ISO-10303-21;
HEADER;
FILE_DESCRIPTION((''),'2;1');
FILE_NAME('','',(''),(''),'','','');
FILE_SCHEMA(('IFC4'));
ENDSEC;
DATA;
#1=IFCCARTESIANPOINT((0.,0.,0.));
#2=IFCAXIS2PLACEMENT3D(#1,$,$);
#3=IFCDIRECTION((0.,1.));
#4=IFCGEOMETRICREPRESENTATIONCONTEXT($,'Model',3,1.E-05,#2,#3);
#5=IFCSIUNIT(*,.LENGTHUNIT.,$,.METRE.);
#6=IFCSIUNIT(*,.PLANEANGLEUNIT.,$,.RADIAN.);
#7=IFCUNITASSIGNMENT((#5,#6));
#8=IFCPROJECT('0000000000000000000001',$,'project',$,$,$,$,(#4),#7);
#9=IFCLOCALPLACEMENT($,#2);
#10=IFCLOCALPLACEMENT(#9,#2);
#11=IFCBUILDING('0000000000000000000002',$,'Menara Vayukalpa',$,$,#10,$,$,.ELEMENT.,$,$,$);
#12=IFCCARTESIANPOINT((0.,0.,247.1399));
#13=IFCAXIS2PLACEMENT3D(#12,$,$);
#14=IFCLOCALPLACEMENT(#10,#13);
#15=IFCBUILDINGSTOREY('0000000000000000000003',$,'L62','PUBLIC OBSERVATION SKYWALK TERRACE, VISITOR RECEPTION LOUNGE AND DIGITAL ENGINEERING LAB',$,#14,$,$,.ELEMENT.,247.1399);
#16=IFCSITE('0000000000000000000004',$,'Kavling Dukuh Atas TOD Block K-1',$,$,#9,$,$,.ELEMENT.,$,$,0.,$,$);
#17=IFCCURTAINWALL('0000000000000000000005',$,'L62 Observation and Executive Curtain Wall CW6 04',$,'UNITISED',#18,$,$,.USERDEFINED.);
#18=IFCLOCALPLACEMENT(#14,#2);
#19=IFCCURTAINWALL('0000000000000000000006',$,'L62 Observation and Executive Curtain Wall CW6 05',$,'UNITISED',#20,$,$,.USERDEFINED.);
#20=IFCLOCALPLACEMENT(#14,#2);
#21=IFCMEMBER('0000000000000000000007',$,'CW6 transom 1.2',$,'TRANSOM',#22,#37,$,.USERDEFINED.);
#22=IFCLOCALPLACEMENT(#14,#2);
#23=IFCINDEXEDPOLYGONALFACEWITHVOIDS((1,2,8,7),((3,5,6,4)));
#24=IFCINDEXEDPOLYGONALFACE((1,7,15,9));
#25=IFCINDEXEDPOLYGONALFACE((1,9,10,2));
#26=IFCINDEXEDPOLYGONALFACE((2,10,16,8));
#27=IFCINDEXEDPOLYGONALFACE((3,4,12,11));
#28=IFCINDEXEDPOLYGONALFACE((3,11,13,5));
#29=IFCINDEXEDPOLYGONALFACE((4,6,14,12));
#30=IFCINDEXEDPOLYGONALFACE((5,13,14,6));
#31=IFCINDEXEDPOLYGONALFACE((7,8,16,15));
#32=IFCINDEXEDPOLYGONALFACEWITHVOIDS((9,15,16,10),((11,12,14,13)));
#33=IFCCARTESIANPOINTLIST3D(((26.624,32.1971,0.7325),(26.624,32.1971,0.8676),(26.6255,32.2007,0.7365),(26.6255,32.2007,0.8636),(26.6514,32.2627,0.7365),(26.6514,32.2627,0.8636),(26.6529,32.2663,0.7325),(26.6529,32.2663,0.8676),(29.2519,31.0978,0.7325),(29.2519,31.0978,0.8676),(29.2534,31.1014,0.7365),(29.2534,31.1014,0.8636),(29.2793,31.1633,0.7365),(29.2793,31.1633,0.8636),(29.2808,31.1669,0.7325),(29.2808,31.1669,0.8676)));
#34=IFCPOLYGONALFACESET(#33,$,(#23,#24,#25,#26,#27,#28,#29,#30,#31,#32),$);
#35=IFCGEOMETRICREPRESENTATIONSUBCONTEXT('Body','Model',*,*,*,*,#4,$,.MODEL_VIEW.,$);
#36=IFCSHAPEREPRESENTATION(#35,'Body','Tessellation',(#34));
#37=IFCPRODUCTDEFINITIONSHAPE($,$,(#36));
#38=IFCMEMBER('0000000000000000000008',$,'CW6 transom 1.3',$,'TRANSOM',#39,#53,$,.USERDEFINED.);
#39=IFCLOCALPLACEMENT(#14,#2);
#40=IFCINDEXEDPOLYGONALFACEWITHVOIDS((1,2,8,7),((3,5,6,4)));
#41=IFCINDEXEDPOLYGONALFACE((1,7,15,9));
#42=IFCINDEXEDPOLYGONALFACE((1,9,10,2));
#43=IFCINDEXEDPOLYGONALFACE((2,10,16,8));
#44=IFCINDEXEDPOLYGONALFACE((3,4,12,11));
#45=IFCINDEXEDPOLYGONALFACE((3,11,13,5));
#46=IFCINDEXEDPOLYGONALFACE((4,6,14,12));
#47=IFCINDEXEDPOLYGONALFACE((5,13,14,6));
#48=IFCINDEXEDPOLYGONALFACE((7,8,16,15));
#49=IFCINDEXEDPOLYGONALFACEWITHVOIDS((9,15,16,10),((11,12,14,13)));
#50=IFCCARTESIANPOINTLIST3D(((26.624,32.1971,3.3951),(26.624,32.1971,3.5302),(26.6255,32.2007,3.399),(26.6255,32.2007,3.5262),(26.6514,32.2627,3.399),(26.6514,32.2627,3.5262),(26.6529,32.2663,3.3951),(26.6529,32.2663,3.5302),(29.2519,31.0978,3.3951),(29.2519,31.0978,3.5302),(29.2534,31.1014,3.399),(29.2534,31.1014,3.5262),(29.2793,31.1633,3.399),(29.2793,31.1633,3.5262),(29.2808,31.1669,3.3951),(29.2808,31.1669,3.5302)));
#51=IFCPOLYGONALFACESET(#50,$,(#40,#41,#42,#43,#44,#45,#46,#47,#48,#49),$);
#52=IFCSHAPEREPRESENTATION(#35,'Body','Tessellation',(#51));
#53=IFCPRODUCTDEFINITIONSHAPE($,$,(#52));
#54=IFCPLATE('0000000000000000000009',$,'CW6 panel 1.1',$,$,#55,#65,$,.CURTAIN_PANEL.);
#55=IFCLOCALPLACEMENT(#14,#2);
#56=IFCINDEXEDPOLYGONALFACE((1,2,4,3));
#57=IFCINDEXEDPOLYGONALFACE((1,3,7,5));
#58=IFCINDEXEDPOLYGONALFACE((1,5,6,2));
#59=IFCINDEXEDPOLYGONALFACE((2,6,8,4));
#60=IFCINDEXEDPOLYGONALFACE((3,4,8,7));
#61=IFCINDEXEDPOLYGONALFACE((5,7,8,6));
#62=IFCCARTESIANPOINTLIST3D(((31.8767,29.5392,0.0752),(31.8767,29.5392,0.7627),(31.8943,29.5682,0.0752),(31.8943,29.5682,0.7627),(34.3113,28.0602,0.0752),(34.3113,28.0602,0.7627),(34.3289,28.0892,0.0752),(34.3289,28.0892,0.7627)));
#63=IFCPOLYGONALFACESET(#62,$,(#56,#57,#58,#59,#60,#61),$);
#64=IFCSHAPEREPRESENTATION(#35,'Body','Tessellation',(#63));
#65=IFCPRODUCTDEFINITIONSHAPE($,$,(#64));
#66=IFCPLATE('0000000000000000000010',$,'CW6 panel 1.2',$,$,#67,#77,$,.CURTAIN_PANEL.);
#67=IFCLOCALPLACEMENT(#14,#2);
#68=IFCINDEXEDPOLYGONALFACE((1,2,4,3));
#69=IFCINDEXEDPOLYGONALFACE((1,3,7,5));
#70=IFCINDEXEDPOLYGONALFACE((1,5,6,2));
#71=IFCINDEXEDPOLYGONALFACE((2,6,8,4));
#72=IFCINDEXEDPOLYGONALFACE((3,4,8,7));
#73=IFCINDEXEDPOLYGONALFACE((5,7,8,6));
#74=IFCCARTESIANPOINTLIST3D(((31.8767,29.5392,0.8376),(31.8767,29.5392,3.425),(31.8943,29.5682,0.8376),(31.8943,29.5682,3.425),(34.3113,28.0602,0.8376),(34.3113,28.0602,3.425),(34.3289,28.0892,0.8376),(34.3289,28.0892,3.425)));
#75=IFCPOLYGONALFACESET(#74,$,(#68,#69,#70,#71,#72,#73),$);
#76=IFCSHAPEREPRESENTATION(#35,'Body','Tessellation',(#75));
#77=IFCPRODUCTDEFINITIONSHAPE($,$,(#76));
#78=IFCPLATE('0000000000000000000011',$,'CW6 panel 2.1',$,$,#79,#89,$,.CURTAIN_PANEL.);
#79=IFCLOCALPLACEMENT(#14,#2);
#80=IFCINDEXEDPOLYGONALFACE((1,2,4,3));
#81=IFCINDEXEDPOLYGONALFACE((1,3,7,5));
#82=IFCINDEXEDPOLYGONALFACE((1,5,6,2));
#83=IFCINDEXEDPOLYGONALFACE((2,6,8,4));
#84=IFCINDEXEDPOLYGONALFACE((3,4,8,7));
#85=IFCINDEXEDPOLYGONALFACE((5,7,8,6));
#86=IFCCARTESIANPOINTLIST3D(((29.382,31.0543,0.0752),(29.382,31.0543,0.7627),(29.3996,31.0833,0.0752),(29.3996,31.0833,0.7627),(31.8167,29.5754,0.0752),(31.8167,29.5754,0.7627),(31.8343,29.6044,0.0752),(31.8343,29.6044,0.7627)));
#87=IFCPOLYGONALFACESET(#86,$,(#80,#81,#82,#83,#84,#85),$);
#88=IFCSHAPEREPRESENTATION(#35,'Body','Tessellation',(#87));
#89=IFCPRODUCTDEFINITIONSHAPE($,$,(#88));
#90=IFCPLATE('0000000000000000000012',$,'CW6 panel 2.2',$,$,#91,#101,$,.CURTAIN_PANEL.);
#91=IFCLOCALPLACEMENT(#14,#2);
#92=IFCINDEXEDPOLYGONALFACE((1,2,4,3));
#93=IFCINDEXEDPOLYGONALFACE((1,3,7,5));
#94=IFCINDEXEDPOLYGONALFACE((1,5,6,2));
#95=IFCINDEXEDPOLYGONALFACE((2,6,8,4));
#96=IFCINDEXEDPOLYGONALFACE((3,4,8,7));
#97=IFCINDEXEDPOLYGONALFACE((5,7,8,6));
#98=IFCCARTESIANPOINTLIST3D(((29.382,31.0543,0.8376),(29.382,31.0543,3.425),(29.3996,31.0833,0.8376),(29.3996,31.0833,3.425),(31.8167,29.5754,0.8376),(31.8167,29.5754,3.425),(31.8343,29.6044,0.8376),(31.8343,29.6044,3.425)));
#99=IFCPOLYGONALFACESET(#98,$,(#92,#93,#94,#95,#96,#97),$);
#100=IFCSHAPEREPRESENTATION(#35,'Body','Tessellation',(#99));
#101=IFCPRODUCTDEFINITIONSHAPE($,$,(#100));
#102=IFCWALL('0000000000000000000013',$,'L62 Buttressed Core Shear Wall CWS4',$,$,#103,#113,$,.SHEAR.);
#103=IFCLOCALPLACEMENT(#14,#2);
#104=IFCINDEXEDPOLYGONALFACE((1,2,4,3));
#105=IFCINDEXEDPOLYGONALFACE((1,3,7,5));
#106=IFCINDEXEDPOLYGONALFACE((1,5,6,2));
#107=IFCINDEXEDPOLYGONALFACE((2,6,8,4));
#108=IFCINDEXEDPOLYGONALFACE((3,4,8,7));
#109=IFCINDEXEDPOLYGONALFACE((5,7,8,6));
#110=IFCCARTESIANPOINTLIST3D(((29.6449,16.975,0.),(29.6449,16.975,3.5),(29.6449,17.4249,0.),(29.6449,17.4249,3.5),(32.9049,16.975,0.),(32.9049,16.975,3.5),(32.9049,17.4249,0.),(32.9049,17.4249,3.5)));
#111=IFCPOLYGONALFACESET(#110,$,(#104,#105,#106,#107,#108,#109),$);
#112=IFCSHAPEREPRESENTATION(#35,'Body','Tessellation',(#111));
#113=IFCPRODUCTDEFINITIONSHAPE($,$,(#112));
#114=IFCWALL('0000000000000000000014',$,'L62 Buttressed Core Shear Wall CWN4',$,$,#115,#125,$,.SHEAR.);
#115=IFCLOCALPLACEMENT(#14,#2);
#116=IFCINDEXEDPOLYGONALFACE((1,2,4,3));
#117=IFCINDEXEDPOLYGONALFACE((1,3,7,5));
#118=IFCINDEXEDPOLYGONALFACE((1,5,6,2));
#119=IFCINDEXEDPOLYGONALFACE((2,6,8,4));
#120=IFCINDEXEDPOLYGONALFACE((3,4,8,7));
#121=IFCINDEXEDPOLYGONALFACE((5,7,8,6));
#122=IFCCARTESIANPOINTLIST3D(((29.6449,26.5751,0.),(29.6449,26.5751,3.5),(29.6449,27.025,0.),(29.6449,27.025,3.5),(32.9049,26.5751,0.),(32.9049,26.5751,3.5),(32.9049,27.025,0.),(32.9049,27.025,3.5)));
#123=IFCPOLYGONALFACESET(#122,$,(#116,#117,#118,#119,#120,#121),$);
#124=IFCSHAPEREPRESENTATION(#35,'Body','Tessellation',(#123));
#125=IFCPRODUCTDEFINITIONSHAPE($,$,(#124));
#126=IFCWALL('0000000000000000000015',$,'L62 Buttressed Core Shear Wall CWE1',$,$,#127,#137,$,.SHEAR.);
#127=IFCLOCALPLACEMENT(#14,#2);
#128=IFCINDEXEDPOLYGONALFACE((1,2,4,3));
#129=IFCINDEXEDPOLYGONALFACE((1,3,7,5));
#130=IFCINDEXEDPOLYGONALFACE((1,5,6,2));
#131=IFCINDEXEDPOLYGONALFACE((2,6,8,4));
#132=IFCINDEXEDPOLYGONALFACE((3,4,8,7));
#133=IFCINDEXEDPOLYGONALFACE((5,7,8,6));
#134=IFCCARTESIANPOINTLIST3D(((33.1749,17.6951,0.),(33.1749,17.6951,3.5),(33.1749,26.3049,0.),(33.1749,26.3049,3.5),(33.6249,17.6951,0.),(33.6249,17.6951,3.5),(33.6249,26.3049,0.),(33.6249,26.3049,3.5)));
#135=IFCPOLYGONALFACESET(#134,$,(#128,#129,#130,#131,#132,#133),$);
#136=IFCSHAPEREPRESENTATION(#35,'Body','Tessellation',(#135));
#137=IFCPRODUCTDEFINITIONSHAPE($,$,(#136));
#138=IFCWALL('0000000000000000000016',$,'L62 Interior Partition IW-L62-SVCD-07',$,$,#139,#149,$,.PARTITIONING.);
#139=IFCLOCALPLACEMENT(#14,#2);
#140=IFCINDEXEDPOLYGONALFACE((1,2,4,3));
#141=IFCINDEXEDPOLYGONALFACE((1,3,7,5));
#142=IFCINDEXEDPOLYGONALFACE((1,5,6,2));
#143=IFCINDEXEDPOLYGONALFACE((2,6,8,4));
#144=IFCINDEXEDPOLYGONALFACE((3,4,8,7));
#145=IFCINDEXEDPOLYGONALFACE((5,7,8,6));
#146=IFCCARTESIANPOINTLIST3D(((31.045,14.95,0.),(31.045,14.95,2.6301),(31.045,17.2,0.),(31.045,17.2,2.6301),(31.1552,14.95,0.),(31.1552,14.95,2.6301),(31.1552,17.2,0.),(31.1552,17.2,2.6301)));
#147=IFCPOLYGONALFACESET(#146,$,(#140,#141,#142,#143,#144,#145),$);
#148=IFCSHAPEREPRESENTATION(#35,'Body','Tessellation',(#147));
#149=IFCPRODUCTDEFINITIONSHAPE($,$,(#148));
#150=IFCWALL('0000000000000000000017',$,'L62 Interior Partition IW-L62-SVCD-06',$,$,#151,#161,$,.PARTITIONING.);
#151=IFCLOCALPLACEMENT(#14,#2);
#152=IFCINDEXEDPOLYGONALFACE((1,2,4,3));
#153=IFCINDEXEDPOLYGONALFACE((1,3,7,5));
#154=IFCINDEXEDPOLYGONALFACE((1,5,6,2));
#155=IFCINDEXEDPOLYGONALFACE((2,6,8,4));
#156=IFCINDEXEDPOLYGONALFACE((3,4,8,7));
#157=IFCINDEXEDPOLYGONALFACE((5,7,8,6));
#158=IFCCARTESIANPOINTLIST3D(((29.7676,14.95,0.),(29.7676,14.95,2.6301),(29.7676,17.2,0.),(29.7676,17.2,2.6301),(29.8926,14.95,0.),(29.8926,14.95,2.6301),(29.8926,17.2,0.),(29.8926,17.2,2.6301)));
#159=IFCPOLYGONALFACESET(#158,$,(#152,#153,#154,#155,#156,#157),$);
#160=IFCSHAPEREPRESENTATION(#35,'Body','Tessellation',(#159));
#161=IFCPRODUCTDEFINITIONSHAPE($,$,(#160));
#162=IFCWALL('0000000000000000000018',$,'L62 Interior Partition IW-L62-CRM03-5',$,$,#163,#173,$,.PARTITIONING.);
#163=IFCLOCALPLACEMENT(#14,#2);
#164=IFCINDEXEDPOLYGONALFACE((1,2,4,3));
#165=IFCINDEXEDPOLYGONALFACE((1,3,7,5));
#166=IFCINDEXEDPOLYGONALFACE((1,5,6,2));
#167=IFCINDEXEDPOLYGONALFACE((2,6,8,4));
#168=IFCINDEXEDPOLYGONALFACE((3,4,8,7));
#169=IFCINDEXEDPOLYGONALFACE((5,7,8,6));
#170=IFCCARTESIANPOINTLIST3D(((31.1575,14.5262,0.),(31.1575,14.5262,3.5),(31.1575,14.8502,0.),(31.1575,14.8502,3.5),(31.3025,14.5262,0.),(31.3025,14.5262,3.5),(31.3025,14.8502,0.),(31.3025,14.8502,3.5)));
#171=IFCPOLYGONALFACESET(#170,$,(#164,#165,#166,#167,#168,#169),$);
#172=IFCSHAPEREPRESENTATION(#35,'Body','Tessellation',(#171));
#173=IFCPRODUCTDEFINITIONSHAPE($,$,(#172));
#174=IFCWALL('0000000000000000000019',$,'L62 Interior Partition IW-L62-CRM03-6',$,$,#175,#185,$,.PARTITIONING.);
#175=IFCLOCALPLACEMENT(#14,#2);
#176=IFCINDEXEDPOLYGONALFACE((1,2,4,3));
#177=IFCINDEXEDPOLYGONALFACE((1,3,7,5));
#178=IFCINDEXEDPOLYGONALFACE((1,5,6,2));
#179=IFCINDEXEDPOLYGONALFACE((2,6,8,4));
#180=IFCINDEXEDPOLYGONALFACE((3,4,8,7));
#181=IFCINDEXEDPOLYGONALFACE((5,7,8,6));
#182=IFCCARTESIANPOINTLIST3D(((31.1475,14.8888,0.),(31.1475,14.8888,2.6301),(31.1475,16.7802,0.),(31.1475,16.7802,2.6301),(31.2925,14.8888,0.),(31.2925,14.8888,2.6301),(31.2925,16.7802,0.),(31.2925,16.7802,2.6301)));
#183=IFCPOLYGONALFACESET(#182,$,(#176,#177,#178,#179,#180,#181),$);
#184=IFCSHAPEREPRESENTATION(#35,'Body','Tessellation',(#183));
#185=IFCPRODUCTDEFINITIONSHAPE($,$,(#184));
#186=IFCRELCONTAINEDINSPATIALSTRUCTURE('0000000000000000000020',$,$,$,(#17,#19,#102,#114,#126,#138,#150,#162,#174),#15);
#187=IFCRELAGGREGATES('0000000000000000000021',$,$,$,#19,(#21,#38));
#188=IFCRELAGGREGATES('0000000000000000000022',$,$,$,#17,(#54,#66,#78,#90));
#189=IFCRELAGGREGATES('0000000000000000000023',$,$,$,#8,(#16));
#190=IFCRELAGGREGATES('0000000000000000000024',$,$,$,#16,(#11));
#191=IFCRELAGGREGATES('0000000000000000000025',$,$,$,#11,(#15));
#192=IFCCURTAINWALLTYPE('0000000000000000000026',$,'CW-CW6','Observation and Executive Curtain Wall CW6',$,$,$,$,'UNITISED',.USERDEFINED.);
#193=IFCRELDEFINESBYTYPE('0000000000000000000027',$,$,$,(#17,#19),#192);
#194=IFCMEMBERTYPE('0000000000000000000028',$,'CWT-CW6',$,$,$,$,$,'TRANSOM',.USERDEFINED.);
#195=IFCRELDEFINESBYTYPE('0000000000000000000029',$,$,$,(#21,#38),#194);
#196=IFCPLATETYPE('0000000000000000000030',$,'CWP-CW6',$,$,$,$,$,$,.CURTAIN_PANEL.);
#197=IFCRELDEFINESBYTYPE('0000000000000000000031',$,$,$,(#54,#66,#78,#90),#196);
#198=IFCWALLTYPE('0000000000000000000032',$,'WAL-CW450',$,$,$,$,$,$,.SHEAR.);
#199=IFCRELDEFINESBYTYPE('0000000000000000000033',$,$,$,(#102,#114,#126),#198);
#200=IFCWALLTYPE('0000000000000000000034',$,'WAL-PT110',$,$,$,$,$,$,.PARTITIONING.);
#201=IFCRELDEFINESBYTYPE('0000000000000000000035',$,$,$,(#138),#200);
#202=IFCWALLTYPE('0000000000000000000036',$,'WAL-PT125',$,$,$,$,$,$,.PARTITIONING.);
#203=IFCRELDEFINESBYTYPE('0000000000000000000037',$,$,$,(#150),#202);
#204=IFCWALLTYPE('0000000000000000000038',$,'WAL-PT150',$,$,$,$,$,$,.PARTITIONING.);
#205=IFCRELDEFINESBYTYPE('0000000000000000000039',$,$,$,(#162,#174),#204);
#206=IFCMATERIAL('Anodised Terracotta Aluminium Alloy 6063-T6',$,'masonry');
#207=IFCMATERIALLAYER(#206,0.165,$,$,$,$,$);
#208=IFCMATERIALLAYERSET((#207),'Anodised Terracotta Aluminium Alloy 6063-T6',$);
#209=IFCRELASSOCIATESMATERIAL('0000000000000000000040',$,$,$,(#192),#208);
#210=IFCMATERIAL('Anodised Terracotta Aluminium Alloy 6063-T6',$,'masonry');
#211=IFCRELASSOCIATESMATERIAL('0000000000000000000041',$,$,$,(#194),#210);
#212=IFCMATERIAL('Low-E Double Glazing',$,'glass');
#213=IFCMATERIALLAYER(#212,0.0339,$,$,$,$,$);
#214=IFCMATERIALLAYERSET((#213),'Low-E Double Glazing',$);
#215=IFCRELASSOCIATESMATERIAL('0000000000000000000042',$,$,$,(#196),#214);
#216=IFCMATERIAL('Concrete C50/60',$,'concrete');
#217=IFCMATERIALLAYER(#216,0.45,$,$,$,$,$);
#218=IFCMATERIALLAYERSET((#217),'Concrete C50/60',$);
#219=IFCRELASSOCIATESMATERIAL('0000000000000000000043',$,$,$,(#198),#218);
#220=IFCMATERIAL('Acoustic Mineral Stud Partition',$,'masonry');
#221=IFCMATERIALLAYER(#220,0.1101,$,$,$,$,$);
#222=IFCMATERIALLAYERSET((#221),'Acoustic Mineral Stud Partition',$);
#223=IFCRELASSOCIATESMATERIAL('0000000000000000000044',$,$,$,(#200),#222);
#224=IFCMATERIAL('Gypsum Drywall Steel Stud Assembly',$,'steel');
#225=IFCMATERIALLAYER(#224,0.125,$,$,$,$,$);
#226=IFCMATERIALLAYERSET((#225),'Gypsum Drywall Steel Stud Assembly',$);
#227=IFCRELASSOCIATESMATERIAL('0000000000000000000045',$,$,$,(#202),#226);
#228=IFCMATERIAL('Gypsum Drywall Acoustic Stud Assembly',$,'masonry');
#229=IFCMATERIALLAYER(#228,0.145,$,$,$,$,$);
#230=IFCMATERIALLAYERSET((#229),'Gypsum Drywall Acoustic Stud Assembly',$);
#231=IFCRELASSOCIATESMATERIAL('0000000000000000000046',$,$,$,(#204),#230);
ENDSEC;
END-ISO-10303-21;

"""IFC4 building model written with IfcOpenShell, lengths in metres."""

from ifc_helpers import new_model, si_unit, direction, frame, frame_2d, origin, origin_2d, place, context, subcontext, project, spatial, rectangle, hollow_rectangle, extrude, material, layer, layer_set, material_profile, profile_set, type_object, element, aggregate, save


model = new_model("IFC4")

# Units and contexts
model_context = context("Model", 3, precision=1e-05, world=origin(), true_north=direction((0.0, 1.0)))
body_context = subcontext(model_context, "Body", "Model", "MODEL_VIEW")
ifc_project = project(units=[si_unit("LENGTHUNIT", "METRE"), si_unit("PLANEANGLEUNIT", "RADIAN")], contexts=[model_context])

# Site, building, storey
site_placement = place(None, origin())
site = spatial("IfcSite", under=ifc_project, at=site_placement, Name="Kavling Dukuh Atas TOD Block K-1", CompositionType="ELEMENT", RefElevation=0.0)
building_placement = place(site_placement, origin())
building = spatial("IfcBuilding", under=site, at=building_placement, Name="Menara Vayukalpa", CompositionType="ELEMENT")
storey_placement = place(building_placement, frame((0.0, 0.0, 247.1399)))
storey = spatial("IfcBuildingStorey", under=building, at=storey_placement, Name="L62", Description="PUBLIC OBSERVATION SKYWALK TERRACE, VISITOR RECEPTION LOUNGE AND DIGITAL ENGINEERING LAB", CompositionType="ELEMENT", Elevation=247.1399)

# Curtain wall
ifc_material_1 = material(Name="Anodised Terracotta Aluminium Alloy 6063-T6", Category="masonry")
ifc_layer_1 = layer(ifc_material_1, 0.165)
ifc_layer_set_1 = layer_set([ifc_layer_1], Name="Anodised Terracotta Aluminium Alloy 6063-T6")
curtain_wall_type = type_object("IfcCurtainWallType", Name="CW-CW6", Description="Observation and Executive Curtain Wall CW6", ElementType="UNITISED", PredefinedType="USERDEFINED", material=ifc_layer_set_1)
curtain_wall_1_placement = place(storey_placement, origin())
curtain_wall_1 = element("IfcCurtainWall", 1, at=curtain_wall_1_placement, inside=storey, type_object=curtain_wall_type, Name="L62 Observation and Executive Curtain Wall CW6 04", ObjectType="UNITISED", PredefinedType="USERDEFINED")

# Curtain wall
curtain_wall_2_placement = place(storey_placement, origin())
curtain_wall_2 = element("IfcCurtainWall", 2, at=curtain_wall_2_placement, inside=storey, type_object=curtain_wall_type, Name="L62 Observation and Executive Curtain Wall CW6 05", ObjectType="UNITISED", PredefinedType="USERDEFINED")

# Members
ifc_material_2 = material(Name="Anodised Terracotta Aluminium Alloy 6063-T6", Category="masonry")
ifc_material_profile_1 = material_profile(ifc_material_2, hollow_rectangle(XDim=0.075, YDim=0.135, WallThickness=0.0039, at=origin_2d()), Name="ALU 75x135x4")
ifc_profile_set_1 = profile_set([ifc_material_profile_1], Name="Anodised Terracotta Aluminium Alloy 6063-T6")
member_type_1 = type_object("IfcMemberType", Name="CWT-CW6", ElementType="TRANSOM", PredefinedType="USERDEFINED", material=ifc_profile_set_1)
member_1_placement = place(storey_placement, frame((29.2664, 31.1323, 0.8), z_axis=(-0.922528, 0.385929, 0.0), x_axis=(-0.385929, -0.922528, 0.0)))
member_1 = element("IfcMember", 3, at=member_1_placement, type_object=member_type_1, Name="CW6 transom 1.2", ObjectType="TRANSOM", PredefinedType="USERDEFINED", context=body_context, shape_type="SweptSolid", body=[
    extrude(hollow_rectangle(XDim=0.075, YDim=0.135, WallThickness=0.0039, at=origin_2d()), origin(), (0.0, 0.0, 1.0), 2.8486),
])
member_2_placement = place(storey_placement, frame((29.2664, 31.1323, 3.4626), z_axis=(-0.922528, 0.385929, 0.0), x_axis=(-0.385929, -0.922528, 0.0)))
member_2 = element("IfcMember", 4, at=member_2_placement, type_object=member_type_1, Name="CW6 transom 1.3", ObjectType="TRANSOM", PredefinedType="USERDEFINED", context=body_context, shape_type="SweptSolid", body=[
    extrude(hollow_rectangle(XDim=0.075, YDim=0.135, WallThickness=0.0039, at=origin_2d()), origin(), (0.0, 0.0, 1.0), 2.8486),
])
aggregate(curtain_wall_2, [member_1, member_2])

# Plates
ifc_material_3 = material(Name="Low-E Double Glazing", Category="glass")
ifc_layer_2 = layer(ifc_material_3, 0.0339)
ifc_layer_set_2 = layer_set([ifc_layer_2], Name="Low-E Double Glazing")
plate_type = type_object("IfcPlateType", Name="CWP-CW6", PredefinedType="CURTAIN_PANEL", material=ifc_layer_set_2)
plate_1_placement = place(storey_placement, frame((33.1028, 28.8142, 0.0752), z_axis=(0.0, 0.0, 1.0), x_axis=(-0.854668, 0.519176, 0.0)))
plate_1 = element("IfcPlate", 5, at=plate_1_placement, type_object=plate_type, Name="CW6 panel 1.1", PredefinedType="CURTAIN_PANEL", context=body_context, shape_type="SweptSolid", body=[
    extrude(rectangle(XDim=2.8486, YDim=0.0339, at=origin_2d()), origin(), (0.0, 0.0, 1.0), 0.6875),
])
plate_2_placement = place(storey_placement, frame((33.1028, 28.8142, 0.8376), z_axis=(0.0, 0.0, 1.0), x_axis=(-0.854668, 0.519176, 0.0)))
plate_2 = element("IfcPlate", 6, at=plate_2_placement, type_object=plate_type, Name="CW6 panel 1.2", PredefinedType="CURTAIN_PANEL", context=body_context, shape_type="SweptSolid", body=[
    extrude(rectangle(XDim=2.8486, YDim=0.0339, at=origin_2d()), origin(), (0.0, 0.0, 1.0), 2.5874),
])
plate_3_placement = place(storey_placement, frame((30.6082, 30.3293, 0.0752), z_axis=(0.0, 0.0, 1.0), x_axis=(-0.854668, 0.519176, 0.0)))
plate_3 = element("IfcPlate", 7, at=plate_3_placement, type_object=plate_type, Name="CW6 panel 2.1", PredefinedType="CURTAIN_PANEL", context=body_context, shape_type="SweptSolid", body=[
    extrude(rectangle(XDim=2.8486, YDim=0.0339, at=origin_2d()), origin(), (0.0, 0.0, 1.0), 0.6875),
])
plate_4_placement = place(storey_placement, frame((30.6082, 30.3293, 0.8376), z_axis=(0.0, 0.0, 1.0), x_axis=(-0.854668, 0.519176, 0.0)))
plate_4 = element("IfcPlate", 8, at=plate_4_placement, type_object=plate_type, Name="CW6 panel 2.2", PredefinedType="CURTAIN_PANEL", context=body_context, shape_type="SweptSolid", body=[
    extrude(rectangle(XDim=2.8486, YDim=0.0339, at=origin_2d()), origin(), (0.0, 0.0, 1.0), 2.5874),
])
aggregate(curtain_wall_1, [plate_1, plate_2, plate_3, plate_4])

# Walls
ifc_material_4 = material(Name="Concrete C50/60", Category="concrete")
ifc_layer_3 = layer(ifc_material_4, 0.45)
ifc_layer_set_3 = layer_set([ifc_layer_3], Name="Concrete C50/60")
wall_type_1 = type_object("IfcWallType", Name="WAL-CW450", PredefinedType="SHEAR", material=ifc_layer_set_3)
for number, where, z_axis, x_axis, name in (
    (9, (29.645, 17.2, 0.0), (0.0, 0.0, 1.0), (1.0, 0.0, 0.0), "L62 Buttressed Core Shear Wall CWS4"),
    (10, (29.645, 26.8, 0.0), (0.0, 0.0, 1.0), (1.0, 0.0, 0.0), "L62 Buttressed Core Shear Wall CWN4"),
):
    element("IfcWall", number, at=place(storey_placement, frame(where, z_axis=z_axis, x_axis=x_axis)), inside=storey, type_object=wall_type_1, Name=name, PredefinedType="SHEAR", context=body_context, shape_type="SweptSolid", body=[
        extrude(rectangle(XDim=3.26, YDim=0.45, at=frame_2d((1.6299, 0.0))), origin(), (0.0, 0.0, 1.0), 3.5),
    ])
wall_1_placement = place(storey_placement, frame((33.3999, 17.6951, 0.0), z_axis=(0.0, 0.0, 1.0), x_axis=(0.0, 1.0, 0.0)))
element("IfcWall", 11, at=wall_1_placement, inside=storey, type_object=wall_type_1, Name="L62 Buttressed Core Shear Wall CWE1", PredefinedType="SHEAR", context=body_context, shape_type="SweptSolid", body=[
    extrude(rectangle(XDim=8.6099, YDim=0.45, at=frame_2d((4.3049, 0.0))), origin(), (0.0, 0.0, 1.0), 3.5),
])
ifc_material_5 = material(Name="Acoustic Mineral Stud Partition", Category="masonry")
ifc_layer_4 = layer(ifc_material_5, 0.1101)
ifc_layer_set_4 = layer_set([ifc_layer_4], Name="Acoustic Mineral Stud Partition")
wall_type_2 = type_object("IfcWallType", Name="WAL-PT110", PredefinedType="PARTITIONING", material=ifc_layer_set_4)
wall_2_placement = place(storey_placement, frame((31.1001, 14.95, 0.0), z_axis=(0.0, 0.0, 1.0), x_axis=(0.0, 1.0, 0.0)))
element("IfcWall", 12, at=wall_2_placement, inside=storey, type_object=wall_type_2, Name="L62 Interior Partition IW-L62-SVCD-07", PredefinedType="PARTITIONING", context=body_context, shape_type="SweptSolid", body=[
    extrude(rectangle(XDim=2.25, YDim=0.1101, at=frame_2d((1.125, 0.0))), origin(), (0.0, 0.0, 1.0), 2.6301),
])
ifc_material_6 = material(Name="Gypsum Drywall Steel Stud Assembly", Category="steel")
ifc_layer_5 = layer(ifc_material_6, 0.125)
ifc_layer_set_5 = layer_set([ifc_layer_5], Name="Gypsum Drywall Steel Stud Assembly")
wall_type_3 = type_object("IfcWallType", Name="WAL-PT125", PredefinedType="PARTITIONING", material=ifc_layer_set_5)
wall_3_placement = place(storey_placement, frame((29.8301, 14.95, 0.0), z_axis=(0.0, 0.0, 1.0), x_axis=(0.0, 1.0, 0.0)))
element("IfcWall", 13, at=wall_3_placement, inside=storey, type_object=wall_type_3, Name="L62 Interior Partition IW-L62-SVCD-06", PredefinedType="PARTITIONING", context=body_context, shape_type="SweptSolid", body=[
    extrude(rectangle(XDim=2.25, YDim=0.125, at=frame_2d((1.125, 0.0))), origin(), (0.0, 0.0, 1.0), 2.6301),
])
ifc_material_7 = material(Name="Gypsum Drywall Acoustic Stud Assembly", Category="masonry")
ifc_layer_6 = layer(ifc_material_7, 0.145)
ifc_layer_set_6 = layer_set([ifc_layer_6], Name="Gypsum Drywall Acoustic Stud Assembly")
wall_type_4 = type_object("IfcWallType", Name="WAL-PT150", PredefinedType="PARTITIONING", material=ifc_layer_set_6)
wall_4_placement = place(storey_placement, frame((31.23, 14.5261, 0.0), z_axis=(0.0, 0.0, 1.0), x_axis=(0.0, 1.0, 0.0)))
element("IfcWall", 14, at=wall_4_placement, inside=storey, type_object=wall_type_4, Name="L62 Interior Partition IW-L62-CRM03-5", PredefinedType="PARTITIONING", context=body_context, shape_type="SweptSolid", body=[
    extrude(rectangle(XDim=0.324, YDim=0.145, at=frame_2d((0.1621, 0.0))), origin(), (0.0, 0.0, 1.0), 3.5),
])
wall_5_placement = place(storey_placement, frame((31.22, 14.8887, 0.0), z_axis=(0.0, 0.0, 1.0), x_axis=(0.0, 1.0, 0.0)))
element("IfcWall", 15, at=wall_5_placement, inside=storey, type_object=wall_type_4, Name="L62 Interior Partition IW-L62-CRM03-6", PredefinedType="PARTITIONING", context=body_context, shape_type="SweptSolid", body=[
    extrude(rectangle(XDim=1.8914, YDim=0.145, at=frame_2d((0.9458, 0.0))), origin(), (0.0, 0.0, 1.0), 2.6301),
])

save(model, "model.ifc")
